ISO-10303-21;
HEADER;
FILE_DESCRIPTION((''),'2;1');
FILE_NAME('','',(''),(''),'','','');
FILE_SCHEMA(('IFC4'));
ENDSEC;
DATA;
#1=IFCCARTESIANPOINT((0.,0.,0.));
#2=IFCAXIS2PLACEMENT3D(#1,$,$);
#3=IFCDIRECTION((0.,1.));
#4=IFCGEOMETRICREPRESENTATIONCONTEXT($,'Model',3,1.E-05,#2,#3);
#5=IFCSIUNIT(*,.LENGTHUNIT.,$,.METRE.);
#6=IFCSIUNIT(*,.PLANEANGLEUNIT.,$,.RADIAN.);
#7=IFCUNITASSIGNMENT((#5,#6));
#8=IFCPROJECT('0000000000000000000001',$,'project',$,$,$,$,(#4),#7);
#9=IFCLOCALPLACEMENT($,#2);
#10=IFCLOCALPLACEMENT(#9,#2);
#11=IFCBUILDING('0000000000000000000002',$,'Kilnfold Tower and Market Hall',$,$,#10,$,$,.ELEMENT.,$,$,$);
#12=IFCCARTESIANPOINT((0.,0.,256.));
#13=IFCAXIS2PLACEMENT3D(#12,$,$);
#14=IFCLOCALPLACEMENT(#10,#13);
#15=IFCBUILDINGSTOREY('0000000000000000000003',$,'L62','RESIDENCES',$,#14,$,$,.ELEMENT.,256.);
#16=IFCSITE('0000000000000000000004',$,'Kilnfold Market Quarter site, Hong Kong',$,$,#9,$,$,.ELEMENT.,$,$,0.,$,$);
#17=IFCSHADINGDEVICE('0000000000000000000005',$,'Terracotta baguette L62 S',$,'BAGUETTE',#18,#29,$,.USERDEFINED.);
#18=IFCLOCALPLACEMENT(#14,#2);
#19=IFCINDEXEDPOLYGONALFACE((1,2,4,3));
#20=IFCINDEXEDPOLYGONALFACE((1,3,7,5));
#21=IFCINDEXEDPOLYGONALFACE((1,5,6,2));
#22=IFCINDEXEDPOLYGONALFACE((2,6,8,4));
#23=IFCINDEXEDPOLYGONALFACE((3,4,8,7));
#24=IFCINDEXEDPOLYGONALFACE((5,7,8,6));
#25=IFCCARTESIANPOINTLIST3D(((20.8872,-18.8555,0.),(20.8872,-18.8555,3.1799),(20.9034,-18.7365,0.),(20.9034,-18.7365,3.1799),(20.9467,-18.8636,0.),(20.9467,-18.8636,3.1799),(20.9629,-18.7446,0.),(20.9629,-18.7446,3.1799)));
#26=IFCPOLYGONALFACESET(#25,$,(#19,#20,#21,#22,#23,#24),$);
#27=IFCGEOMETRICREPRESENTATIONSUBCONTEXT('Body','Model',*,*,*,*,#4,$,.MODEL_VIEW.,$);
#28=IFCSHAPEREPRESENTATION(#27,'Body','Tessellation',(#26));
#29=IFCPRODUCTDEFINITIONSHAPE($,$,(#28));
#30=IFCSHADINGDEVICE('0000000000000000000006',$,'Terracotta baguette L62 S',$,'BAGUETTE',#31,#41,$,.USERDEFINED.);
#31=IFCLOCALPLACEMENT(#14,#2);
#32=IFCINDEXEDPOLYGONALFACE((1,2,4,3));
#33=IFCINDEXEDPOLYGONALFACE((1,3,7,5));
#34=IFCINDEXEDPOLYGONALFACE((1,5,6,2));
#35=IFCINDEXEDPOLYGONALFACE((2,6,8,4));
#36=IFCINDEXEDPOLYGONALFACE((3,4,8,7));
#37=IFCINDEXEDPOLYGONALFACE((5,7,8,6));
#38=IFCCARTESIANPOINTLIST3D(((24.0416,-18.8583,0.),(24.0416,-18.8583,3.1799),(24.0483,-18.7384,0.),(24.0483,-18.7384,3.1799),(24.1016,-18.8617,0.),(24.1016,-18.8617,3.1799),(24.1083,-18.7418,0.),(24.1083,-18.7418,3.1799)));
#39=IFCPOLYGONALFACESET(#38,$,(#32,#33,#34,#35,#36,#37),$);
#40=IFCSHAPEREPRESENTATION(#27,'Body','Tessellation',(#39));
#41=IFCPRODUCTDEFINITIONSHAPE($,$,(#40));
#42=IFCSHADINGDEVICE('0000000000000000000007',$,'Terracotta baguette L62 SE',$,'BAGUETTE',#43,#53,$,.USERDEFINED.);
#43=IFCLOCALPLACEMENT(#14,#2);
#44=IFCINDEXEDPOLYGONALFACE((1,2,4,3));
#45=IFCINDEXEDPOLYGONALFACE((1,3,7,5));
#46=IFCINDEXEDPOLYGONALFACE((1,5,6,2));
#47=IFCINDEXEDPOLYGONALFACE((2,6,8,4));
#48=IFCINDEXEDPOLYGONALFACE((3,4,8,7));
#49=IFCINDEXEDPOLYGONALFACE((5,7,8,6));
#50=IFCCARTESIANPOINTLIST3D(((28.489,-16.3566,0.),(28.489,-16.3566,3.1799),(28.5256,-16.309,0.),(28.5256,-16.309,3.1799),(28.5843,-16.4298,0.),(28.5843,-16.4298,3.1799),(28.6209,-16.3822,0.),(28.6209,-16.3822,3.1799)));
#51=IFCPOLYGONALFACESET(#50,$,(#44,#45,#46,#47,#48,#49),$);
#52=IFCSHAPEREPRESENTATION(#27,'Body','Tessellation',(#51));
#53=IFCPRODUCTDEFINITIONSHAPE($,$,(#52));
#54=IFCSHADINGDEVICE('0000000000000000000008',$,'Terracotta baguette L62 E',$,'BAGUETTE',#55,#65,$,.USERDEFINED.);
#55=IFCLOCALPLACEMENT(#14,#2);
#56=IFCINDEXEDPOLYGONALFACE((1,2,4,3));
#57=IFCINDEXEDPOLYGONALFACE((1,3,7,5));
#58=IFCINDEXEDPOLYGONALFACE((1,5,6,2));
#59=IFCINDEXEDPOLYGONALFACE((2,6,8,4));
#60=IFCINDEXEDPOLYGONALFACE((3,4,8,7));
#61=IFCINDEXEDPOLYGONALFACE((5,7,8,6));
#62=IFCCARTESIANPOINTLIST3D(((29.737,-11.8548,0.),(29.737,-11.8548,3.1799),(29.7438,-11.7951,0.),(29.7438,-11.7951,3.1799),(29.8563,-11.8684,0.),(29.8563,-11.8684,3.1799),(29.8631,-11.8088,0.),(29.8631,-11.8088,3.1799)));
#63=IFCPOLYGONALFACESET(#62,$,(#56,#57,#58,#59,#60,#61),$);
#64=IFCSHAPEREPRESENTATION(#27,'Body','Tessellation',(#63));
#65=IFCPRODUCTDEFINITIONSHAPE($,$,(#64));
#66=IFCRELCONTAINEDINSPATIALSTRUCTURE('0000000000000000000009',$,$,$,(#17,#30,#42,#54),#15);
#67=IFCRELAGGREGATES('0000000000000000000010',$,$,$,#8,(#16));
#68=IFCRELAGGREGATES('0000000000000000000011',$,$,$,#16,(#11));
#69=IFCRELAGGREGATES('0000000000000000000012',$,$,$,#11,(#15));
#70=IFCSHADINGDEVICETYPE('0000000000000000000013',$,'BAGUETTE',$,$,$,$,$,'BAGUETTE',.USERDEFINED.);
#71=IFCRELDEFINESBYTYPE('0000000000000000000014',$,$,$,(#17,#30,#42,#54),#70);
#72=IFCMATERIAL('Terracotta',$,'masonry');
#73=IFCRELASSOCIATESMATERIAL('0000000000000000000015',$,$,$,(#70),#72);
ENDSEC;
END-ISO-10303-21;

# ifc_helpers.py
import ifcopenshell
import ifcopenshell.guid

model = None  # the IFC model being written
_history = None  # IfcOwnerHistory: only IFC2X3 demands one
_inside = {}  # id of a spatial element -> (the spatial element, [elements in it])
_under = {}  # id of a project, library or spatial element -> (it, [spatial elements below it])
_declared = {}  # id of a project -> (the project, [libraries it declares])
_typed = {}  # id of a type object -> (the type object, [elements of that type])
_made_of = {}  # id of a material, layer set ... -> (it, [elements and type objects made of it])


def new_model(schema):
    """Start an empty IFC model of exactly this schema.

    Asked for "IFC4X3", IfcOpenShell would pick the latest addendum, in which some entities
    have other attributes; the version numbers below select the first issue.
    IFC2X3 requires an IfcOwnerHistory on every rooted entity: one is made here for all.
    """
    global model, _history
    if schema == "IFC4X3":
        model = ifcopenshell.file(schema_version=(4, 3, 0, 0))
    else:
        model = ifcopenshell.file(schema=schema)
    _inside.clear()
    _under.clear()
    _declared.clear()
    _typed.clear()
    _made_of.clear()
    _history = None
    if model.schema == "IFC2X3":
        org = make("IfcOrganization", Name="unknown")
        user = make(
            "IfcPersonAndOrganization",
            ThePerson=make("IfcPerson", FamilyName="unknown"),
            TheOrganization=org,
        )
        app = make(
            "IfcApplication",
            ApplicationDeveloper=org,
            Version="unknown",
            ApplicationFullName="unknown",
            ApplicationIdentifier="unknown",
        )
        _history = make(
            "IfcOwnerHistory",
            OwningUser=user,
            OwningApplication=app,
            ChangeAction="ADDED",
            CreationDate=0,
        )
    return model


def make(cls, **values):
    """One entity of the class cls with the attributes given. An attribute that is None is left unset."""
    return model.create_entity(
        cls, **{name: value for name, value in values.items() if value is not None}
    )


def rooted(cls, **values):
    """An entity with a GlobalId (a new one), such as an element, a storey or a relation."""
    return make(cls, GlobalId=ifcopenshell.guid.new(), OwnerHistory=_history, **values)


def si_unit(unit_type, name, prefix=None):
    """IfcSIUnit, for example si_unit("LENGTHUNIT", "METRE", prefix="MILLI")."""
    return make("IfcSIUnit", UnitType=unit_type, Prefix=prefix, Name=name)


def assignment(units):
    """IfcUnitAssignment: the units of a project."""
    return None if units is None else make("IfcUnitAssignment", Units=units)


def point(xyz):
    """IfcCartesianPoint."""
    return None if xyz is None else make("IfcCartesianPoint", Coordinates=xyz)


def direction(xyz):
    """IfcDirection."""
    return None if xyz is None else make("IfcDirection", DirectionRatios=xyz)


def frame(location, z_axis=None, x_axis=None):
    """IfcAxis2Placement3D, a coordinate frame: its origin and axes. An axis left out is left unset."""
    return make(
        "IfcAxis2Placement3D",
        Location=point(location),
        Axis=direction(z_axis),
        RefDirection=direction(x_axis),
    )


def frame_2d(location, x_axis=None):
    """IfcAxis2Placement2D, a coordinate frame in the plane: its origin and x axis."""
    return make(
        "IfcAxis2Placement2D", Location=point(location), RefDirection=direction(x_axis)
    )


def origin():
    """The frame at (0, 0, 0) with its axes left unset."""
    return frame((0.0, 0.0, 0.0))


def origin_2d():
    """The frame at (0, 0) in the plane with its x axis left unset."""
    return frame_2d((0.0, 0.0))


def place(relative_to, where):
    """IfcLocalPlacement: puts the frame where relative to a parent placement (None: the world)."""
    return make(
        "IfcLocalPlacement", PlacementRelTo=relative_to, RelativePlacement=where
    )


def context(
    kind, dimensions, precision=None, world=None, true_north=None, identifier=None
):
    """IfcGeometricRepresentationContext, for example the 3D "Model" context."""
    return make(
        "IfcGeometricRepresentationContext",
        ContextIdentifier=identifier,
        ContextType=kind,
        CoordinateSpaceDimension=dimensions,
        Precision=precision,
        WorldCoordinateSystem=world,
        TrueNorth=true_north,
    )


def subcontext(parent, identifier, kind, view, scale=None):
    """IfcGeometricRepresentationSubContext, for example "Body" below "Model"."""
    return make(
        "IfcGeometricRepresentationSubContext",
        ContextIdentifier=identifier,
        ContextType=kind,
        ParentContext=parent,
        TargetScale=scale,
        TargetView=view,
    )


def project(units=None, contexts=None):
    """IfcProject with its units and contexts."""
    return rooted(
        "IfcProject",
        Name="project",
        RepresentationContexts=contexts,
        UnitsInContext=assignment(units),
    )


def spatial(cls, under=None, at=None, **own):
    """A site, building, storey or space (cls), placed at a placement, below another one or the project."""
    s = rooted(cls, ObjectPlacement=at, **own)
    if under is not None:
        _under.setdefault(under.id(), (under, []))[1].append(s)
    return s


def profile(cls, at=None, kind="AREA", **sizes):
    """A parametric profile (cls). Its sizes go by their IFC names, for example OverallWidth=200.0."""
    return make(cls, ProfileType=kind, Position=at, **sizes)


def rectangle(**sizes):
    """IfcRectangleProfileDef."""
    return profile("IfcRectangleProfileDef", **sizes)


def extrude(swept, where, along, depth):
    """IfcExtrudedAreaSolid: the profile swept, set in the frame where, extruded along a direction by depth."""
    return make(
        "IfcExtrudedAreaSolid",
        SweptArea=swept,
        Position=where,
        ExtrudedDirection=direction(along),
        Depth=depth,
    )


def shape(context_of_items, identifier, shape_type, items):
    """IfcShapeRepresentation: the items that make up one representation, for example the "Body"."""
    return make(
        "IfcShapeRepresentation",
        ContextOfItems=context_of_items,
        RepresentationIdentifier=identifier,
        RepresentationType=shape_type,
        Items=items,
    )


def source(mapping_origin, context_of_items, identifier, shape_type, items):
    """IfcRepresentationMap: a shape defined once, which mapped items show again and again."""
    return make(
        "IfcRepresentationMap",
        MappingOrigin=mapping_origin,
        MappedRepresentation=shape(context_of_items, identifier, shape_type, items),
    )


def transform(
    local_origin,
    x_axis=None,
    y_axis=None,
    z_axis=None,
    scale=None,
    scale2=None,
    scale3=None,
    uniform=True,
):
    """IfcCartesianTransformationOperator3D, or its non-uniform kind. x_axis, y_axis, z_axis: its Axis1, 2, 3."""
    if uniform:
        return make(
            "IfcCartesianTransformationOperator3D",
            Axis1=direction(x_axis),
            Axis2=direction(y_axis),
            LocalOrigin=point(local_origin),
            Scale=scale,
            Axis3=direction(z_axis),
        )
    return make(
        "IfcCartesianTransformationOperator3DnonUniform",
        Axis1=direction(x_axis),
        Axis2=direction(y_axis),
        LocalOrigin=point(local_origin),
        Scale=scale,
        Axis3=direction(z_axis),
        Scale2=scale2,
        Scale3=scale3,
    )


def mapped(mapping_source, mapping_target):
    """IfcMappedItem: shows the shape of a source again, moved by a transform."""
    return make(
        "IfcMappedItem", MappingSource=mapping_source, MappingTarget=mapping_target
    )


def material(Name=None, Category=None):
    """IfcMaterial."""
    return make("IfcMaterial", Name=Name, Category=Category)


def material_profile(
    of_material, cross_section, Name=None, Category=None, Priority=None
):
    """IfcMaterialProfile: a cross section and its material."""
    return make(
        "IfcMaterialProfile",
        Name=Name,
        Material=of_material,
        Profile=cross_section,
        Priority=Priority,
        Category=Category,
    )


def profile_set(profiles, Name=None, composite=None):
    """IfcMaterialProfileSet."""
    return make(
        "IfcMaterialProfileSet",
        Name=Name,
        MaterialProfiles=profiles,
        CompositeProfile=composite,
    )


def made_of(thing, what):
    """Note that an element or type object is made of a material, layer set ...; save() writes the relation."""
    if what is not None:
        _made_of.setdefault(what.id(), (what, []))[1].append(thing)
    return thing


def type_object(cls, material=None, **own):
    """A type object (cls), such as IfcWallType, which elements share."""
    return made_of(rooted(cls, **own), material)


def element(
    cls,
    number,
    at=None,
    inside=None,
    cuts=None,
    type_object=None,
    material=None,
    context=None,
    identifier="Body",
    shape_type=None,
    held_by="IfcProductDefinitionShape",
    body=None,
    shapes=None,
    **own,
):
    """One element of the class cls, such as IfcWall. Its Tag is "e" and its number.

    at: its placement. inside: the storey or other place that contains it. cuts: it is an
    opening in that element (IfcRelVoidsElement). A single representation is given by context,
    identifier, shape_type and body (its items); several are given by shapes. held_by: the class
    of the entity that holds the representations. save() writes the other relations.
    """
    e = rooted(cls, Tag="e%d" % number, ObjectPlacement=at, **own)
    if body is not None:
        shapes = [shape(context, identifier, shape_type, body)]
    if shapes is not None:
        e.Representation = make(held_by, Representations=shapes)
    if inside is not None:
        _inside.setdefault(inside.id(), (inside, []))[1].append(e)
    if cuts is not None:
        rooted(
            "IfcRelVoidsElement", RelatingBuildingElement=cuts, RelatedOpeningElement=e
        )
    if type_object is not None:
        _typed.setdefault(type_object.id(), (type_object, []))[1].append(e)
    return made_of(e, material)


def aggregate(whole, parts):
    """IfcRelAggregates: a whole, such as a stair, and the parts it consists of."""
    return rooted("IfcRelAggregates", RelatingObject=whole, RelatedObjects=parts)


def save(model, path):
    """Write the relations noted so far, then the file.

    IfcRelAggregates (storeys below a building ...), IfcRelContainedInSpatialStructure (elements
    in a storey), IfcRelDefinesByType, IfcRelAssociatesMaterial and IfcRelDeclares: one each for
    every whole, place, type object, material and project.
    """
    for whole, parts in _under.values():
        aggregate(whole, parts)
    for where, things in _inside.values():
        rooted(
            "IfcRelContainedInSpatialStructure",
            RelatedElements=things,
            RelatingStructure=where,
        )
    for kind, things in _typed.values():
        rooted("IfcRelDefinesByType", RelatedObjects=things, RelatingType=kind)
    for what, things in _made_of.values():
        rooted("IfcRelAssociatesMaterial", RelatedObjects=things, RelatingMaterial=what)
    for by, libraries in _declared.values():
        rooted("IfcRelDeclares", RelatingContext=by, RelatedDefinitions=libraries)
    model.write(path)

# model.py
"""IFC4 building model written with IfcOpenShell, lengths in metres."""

from ifc_helpers import new_model, si_unit, direction, frame, origin, origin_2d, place, context, subcontext, project, spatial, rectangle, extrude, source, transform, mapped, material, material_profile, profile_set, type_object, element, save


model = new_model("IFC4")

# Units and contexts
model_context = context("Model", 3, precision=1e-05, world=origin(), true_north=direction((0.0, 1.0)))
body_context = subcontext(model_context, "Body", "Model", "MODEL_VIEW")
ifc_project = project(units=[si_unit("LENGTHUNIT", "METRE"), si_unit("PLANEANGLEUNIT", "RADIAN")], contexts=[model_context])

# Site, building, storey
site_placement = place(None, origin())
site = spatial("IfcSite", under=ifc_project, at=site_placement, Name="Kilnfold Market Quarter site, Hong Kong", CompositionType="ELEMENT", RefElevation=0.0)
building_placement = place(site_placement, origin())
building = spatial("IfcBuilding", under=site, at=building_placement, Name="Kilnfold Tower and Market Hall", CompositionType="ELEMENT")
storey_placement = place(building_placement, frame((0.0, 0.0, 256.0)))
storey = spatial("IfcBuildingStorey", under=building, at=storey_placement, Name="L62", Description="RESIDENCES", CompositionType="ELEMENT", Elevation=256.0)

# Shading devices
ifc_material_1 = material(Name="Terracotta", Category="masonry")
ifc_material_profile_1 = material_profile(ifc_material_1, rectangle(XDim=0.0601, YDim=0.1201, at=origin_2d()), Name="BAG 60x120")
ifc_profile_set_1 = profile_set([ifc_material_profile_1], Name="Terracotta")
shading_device_type = type_object("IfcShadingDeviceType", Name="BAGUETTE", ElementType="BAGUETTE", PredefinedType="USERDEFINED", material=ifc_profile_set_1)
shared_shape_1 = source(origin(), body_context, "Body", "SweptSolid", [
    extrude(rectangle(XDim=0.0601, YDim=0.1201, at=origin_2d()), origin(), (0.0, 0.0, 1.0), 3.1799),
])
for number, where, z_axis, x_axis, name in (
    (1, (20.925, -18.8, 0.0), (0.0, 0.0, 1.0), (0.990884, -0.134719, 0.0), "Terracotta baguette L62 S"),
    (2, (24.075, -18.8, 0.0), (0.0, 0.0, 1.0), (0.998441, -0.055825, 0.0), "Terracotta baguette L62 S"),
    (3, (28.5549, -16.3694, 0.0), (0.0, 0.0, 1.0), (0.609276, 0.792958, 0.0), "Terracotta baguette L62 SE"),
    (4, (29.8, -11.8318, 0.0), (0.0, 0.0, 1.0), (0.113663, 0.993519, 0.0), "Terracotta baguette L62 E"),
):
    element("IfcShadingDevice", number, at=place(storey_placement, frame(where, z_axis=z_axis, x_axis=x_axis)), inside=storey, type_object=shading_device_type, Name=name, ObjectType="BAGUETTE", PredefinedType="USERDEFINED", context=body_context, shape_type="MappedRepresentation", body=[
        mapped(shared_shape_1, transform((0.0, 0.0, 0.0))),
    ])

save(model, "model.ifc")
